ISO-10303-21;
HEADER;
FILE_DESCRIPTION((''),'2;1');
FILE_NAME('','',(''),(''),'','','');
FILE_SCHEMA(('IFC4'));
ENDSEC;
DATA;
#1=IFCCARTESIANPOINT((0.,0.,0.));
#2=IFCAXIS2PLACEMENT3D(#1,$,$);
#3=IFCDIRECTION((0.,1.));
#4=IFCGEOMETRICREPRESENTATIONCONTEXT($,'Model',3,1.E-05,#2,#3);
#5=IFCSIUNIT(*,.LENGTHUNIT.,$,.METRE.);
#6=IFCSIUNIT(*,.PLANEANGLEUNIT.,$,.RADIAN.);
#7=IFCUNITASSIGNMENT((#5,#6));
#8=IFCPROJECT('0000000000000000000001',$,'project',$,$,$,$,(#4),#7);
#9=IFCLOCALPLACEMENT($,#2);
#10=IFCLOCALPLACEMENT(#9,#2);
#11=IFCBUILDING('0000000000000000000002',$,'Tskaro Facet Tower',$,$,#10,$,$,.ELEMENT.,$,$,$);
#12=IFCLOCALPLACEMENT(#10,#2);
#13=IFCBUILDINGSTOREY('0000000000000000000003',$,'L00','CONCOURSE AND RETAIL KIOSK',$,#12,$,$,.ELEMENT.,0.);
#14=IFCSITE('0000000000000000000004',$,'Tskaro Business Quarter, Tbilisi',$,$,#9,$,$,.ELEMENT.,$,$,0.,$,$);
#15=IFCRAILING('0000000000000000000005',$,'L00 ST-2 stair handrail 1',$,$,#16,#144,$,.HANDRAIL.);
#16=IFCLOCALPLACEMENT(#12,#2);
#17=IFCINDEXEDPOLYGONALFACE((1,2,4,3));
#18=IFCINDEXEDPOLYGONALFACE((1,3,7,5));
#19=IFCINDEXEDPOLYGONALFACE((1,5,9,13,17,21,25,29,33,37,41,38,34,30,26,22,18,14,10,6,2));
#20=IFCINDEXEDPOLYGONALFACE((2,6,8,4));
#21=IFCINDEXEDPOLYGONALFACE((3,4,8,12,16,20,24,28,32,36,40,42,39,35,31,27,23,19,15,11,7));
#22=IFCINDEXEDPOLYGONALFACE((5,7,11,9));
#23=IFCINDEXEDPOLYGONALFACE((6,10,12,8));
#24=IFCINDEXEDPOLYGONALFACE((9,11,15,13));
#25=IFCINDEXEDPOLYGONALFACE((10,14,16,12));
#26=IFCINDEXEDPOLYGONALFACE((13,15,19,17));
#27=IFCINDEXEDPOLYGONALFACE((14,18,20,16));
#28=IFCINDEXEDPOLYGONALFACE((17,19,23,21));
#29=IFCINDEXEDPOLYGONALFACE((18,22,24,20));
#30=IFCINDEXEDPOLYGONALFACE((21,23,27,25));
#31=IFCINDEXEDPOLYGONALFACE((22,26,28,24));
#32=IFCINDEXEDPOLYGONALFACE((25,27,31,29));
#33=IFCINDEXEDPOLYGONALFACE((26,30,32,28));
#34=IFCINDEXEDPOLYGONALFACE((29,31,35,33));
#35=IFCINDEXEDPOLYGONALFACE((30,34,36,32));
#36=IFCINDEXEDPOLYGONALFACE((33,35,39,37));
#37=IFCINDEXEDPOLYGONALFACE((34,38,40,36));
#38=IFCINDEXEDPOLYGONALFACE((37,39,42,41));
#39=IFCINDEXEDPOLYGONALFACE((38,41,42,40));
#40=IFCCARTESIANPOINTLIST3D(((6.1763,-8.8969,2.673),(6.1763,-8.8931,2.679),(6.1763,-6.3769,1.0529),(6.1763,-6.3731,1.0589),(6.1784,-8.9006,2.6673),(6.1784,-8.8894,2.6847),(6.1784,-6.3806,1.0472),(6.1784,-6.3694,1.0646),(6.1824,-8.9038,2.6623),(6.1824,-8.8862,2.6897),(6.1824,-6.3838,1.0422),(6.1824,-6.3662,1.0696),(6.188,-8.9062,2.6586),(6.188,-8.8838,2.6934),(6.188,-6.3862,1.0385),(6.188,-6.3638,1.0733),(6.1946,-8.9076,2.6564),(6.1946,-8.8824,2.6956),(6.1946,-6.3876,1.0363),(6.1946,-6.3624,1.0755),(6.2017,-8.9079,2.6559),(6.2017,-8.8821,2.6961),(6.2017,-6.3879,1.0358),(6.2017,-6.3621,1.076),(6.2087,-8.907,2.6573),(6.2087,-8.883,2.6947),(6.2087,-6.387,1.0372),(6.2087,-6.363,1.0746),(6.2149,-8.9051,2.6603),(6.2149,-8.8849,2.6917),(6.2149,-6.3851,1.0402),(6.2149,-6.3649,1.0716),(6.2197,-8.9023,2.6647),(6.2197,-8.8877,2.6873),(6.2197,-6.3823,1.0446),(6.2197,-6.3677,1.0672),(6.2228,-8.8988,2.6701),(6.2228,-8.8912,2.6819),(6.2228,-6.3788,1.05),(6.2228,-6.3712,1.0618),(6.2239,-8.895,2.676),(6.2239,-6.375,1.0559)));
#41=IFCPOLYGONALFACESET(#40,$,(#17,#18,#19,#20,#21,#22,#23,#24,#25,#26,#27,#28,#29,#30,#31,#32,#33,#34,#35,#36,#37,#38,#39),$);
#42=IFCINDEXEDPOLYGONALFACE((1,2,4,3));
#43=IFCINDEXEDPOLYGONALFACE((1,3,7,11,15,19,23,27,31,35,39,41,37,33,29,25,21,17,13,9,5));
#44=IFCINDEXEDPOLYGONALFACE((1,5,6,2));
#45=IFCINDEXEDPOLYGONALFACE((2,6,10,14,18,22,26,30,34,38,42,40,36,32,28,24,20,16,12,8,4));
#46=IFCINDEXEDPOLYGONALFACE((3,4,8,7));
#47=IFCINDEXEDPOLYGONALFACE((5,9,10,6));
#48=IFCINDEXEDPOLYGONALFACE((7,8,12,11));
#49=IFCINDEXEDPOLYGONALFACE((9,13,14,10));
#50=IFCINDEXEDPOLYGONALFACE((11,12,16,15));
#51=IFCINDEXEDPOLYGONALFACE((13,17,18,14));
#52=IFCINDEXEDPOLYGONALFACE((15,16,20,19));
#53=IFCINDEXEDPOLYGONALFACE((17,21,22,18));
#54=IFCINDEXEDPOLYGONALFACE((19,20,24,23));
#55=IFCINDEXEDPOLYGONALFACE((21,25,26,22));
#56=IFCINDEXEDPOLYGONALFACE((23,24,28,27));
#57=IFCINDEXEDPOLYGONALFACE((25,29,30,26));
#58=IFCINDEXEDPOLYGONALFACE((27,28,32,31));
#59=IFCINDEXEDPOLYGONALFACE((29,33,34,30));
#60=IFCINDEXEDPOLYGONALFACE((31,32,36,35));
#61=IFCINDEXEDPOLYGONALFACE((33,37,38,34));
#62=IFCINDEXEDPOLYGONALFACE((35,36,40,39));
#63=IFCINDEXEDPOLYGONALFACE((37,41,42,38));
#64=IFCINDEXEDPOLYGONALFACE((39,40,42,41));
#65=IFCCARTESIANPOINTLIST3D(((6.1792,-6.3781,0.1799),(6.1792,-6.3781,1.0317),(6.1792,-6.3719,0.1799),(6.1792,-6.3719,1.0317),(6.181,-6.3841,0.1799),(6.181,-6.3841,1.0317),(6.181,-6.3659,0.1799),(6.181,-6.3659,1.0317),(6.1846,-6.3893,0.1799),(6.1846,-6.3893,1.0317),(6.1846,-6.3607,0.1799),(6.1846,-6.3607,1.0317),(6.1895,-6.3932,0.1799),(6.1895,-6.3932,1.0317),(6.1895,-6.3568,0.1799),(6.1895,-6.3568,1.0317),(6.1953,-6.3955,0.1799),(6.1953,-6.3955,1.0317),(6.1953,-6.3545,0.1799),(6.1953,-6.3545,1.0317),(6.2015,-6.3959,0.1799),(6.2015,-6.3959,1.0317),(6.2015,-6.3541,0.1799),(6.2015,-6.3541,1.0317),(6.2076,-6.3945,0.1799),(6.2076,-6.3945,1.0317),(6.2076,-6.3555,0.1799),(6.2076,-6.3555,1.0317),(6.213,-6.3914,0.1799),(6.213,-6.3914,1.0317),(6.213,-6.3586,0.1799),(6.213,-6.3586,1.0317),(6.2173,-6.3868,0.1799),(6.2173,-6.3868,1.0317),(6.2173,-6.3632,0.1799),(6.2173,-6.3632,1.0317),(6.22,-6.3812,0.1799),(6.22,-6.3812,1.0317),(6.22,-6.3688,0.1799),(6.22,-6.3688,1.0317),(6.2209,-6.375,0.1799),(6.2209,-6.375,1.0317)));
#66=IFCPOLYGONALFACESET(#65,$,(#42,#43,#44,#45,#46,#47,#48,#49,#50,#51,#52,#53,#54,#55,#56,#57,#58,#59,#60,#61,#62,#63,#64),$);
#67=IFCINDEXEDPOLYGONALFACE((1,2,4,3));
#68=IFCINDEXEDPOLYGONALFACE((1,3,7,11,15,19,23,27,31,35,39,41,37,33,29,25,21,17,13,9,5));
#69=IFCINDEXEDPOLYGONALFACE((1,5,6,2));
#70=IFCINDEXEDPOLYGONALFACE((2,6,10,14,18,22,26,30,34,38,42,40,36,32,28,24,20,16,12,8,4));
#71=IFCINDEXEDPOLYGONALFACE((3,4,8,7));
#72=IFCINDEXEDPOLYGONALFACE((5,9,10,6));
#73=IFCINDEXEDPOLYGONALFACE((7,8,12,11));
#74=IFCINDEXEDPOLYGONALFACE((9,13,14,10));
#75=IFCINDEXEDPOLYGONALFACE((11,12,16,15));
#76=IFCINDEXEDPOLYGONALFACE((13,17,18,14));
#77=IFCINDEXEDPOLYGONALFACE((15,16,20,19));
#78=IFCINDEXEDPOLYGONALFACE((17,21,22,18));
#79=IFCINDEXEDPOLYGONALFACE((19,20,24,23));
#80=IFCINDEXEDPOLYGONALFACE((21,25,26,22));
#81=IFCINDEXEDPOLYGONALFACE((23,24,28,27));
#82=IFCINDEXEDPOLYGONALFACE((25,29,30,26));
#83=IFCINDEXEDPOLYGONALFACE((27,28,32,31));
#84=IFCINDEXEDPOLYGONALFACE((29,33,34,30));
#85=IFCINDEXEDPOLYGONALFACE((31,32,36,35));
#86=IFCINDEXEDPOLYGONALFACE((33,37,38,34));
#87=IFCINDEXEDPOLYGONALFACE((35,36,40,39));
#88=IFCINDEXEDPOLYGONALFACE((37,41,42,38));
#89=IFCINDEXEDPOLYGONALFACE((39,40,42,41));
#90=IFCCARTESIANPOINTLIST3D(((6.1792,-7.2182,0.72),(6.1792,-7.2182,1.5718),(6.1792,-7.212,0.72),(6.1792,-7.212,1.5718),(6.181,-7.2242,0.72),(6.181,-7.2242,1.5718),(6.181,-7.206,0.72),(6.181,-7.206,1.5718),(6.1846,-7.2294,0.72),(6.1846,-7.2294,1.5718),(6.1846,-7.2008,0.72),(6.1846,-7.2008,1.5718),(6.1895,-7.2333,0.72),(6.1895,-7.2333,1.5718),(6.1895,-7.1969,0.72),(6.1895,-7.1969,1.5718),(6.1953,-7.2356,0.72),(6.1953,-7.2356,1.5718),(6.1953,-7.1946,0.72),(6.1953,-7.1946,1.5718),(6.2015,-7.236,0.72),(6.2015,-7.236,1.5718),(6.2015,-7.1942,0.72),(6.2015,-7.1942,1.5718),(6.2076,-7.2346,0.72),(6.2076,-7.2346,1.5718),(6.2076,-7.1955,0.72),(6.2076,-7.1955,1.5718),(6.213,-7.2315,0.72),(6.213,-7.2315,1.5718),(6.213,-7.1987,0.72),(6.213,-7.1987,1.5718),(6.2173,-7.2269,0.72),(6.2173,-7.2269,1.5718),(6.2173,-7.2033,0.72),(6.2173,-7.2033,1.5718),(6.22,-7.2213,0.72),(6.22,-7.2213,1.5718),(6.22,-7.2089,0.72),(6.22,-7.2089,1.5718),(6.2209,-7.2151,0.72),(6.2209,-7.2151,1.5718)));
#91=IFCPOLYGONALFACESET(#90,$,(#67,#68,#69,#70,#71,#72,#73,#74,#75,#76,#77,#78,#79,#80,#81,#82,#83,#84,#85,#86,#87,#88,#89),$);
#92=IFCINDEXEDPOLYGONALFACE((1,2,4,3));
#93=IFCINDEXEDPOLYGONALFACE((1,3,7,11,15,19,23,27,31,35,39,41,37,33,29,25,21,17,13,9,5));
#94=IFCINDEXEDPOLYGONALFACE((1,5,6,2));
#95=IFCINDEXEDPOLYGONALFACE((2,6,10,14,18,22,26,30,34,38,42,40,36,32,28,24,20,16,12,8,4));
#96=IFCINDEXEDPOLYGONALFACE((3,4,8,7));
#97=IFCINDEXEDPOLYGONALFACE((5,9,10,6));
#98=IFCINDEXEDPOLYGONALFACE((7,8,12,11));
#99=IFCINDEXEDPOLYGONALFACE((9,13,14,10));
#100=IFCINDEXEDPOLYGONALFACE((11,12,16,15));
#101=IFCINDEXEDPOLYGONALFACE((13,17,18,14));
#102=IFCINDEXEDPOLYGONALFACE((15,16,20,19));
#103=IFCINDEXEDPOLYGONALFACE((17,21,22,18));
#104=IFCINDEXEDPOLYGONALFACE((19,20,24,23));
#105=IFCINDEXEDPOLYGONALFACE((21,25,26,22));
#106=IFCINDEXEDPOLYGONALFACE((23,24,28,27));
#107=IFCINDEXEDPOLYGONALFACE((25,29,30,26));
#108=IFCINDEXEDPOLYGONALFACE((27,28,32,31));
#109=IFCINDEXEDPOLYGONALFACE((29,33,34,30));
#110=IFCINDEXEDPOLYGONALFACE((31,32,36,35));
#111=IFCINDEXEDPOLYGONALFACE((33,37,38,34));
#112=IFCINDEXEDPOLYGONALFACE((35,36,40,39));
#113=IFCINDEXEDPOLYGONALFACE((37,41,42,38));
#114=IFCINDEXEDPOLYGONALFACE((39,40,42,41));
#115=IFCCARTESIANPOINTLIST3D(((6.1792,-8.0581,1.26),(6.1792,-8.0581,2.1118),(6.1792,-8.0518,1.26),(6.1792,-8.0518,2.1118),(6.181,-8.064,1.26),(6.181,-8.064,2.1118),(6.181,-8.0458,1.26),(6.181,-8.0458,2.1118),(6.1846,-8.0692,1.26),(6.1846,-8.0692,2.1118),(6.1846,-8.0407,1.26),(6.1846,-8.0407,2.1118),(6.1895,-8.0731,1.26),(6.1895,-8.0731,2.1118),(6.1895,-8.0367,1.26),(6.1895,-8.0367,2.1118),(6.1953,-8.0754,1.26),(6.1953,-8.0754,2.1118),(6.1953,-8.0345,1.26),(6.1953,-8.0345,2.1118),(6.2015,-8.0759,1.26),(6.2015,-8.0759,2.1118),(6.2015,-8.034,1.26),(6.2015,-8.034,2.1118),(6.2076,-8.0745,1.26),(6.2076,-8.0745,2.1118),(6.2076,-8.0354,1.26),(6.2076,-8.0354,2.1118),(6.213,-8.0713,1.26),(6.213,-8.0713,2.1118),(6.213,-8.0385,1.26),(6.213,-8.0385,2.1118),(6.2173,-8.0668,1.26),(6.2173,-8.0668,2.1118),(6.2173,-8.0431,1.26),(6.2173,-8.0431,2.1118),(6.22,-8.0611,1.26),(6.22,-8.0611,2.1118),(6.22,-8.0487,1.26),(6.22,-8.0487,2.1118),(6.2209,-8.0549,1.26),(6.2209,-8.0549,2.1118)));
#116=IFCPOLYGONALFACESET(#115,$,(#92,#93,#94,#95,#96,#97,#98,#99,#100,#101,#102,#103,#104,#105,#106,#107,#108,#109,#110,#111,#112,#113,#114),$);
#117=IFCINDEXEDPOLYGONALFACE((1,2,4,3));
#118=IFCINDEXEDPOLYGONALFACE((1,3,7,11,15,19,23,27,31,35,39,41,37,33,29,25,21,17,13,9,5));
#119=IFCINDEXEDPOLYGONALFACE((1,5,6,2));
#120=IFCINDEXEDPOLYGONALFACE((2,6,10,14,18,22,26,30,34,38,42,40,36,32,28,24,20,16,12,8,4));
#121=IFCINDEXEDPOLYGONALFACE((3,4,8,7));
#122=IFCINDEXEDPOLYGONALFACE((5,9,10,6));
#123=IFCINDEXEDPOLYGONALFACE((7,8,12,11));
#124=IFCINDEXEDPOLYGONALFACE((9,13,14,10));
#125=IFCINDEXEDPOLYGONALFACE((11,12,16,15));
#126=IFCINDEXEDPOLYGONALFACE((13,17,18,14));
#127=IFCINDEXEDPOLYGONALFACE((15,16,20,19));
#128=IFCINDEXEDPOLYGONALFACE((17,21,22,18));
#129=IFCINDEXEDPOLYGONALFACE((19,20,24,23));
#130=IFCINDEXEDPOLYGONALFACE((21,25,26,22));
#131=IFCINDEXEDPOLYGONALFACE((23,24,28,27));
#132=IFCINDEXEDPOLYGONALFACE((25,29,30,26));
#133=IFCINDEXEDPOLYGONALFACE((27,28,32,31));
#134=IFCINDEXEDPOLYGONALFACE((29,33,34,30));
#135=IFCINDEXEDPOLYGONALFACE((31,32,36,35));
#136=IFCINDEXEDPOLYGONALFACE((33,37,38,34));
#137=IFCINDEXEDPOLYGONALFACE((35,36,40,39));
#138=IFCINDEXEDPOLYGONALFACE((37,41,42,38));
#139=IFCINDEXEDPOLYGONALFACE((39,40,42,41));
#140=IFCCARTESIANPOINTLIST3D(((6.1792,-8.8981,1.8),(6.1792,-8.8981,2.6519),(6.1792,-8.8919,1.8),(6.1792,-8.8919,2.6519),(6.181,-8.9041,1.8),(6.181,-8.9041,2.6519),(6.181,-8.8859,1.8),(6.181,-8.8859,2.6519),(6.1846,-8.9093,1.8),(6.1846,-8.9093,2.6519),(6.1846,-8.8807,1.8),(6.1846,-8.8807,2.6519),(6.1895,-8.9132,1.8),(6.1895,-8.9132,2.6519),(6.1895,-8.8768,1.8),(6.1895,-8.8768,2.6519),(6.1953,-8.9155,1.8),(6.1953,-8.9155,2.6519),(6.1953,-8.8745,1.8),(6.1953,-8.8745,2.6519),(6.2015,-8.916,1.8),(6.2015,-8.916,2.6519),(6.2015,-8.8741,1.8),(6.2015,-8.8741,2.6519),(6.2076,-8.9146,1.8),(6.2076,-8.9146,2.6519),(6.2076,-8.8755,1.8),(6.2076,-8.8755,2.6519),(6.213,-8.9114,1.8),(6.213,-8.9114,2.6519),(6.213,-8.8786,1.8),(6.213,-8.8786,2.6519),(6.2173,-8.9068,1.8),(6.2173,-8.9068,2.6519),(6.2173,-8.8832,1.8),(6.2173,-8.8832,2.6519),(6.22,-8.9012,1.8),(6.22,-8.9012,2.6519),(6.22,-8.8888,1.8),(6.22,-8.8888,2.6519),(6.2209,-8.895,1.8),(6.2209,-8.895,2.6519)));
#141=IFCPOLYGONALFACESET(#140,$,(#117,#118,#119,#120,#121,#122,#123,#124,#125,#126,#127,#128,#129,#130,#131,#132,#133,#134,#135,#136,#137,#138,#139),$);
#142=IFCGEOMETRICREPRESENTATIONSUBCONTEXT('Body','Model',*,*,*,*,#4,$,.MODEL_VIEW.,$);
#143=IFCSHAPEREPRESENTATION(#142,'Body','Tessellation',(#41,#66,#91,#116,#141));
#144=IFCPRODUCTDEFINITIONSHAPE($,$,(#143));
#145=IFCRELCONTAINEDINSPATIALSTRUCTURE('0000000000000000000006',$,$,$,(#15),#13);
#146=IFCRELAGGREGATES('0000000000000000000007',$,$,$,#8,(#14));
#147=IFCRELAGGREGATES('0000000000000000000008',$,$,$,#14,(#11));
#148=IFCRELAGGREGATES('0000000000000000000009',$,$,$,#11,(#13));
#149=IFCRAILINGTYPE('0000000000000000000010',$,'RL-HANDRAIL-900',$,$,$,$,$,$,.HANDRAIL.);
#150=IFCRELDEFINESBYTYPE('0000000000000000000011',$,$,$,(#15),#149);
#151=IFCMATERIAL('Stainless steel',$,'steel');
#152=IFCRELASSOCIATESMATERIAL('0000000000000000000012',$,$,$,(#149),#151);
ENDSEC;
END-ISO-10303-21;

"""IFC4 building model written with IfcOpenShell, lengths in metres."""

from ifc_helpers import new_model, si_unit, direction, frame, origin, origin_2d, place, context, subcontext, project, spatial, circle, extrude, material, type_object, element, save


model = new_model("IFC4")

# Units and contexts
model_context = context("Model", 3, precision=1e-05, world=origin(), true_north=direction((0.0, 1.0)))
body_context = subcontext(model_context, "Body", "Model", "MODEL_VIEW")
ifc_project = project(units=[si_unit("LENGTHUNIT", "METRE"), si_unit("PLANEANGLEUNIT", "RADIAN")], contexts=[model_context])

# Site, building, storey
site_placement = place(None, origin())
site = spatial("IfcSite", under=ifc_project, at=site_placement, Name="Tskaro Business Quarter, Tbilisi", CompositionType="ELEMENT", RefElevation=0.0)
building_placement = place(site_placement, origin())
building = spatial("IfcBuilding", under=site, at=building_placement, Name="Tskaro Facet Tower", CompositionType="ELEMENT")
storey_placement = place(building_placement, origin())
storey = spatial("IfcBuildingStorey", under=building, at=storey_placement, Name="L00", Description="CONCOURSE AND RETAIL KIOSK", CompositionType="ELEMENT", Elevation=0.0)

# Railing
ifc_material_1 = material(Name="Stainless steel", Category="steel")
railing_type_1 = type_object("IfcRailingType", Name="RL-HANDRAIL-900", PredefinedType="HANDRAIL", material=ifc_material_1)
railing_1_placement = place(storey_placement, frame((6.2, -6.375, 0.1799)))
element("IfcRailing", 1, at=railing_1_placement, inside=storey, type_object=railing_type_1, Name="L00 ST-2 stair handrail 1", PredefinedType="HANDRAIL", context=body_context, shape_type="SweptSolid", body=[
    extrude(circle(Radius=0.0239, at=origin_2d()), frame((0.0, 0.0, 0.876), z_axis=(0.0, -0.841163, 0.540782), x_axis=(1.0, 0.0, 0.0)), (0.0, 0.0, 1.0), 2.9958),
    extrude(circle(Radius=0.021, at=origin_2d()), origin(), (0.0, 0.0, 1.0), 0.8518),
    extrude(circle(Radius=0.021, at=origin_2d()), frame((0.0, -0.8401, 0.54)), (0.0, 0.0, 1.0), 0.8518),
    extrude(circle(Radius=0.021, at=origin_2d()), frame((0.0, -1.6799, 1.0801)), (0.0, 0.0, 1.0), 0.8518),
    extrude(circle(Radius=0.021, at=origin_2d()), frame((0.0, -2.52, 1.6201)), (0.0, 0.0, 1.0), 0.8518),
])

save(model, "model.ifc")
